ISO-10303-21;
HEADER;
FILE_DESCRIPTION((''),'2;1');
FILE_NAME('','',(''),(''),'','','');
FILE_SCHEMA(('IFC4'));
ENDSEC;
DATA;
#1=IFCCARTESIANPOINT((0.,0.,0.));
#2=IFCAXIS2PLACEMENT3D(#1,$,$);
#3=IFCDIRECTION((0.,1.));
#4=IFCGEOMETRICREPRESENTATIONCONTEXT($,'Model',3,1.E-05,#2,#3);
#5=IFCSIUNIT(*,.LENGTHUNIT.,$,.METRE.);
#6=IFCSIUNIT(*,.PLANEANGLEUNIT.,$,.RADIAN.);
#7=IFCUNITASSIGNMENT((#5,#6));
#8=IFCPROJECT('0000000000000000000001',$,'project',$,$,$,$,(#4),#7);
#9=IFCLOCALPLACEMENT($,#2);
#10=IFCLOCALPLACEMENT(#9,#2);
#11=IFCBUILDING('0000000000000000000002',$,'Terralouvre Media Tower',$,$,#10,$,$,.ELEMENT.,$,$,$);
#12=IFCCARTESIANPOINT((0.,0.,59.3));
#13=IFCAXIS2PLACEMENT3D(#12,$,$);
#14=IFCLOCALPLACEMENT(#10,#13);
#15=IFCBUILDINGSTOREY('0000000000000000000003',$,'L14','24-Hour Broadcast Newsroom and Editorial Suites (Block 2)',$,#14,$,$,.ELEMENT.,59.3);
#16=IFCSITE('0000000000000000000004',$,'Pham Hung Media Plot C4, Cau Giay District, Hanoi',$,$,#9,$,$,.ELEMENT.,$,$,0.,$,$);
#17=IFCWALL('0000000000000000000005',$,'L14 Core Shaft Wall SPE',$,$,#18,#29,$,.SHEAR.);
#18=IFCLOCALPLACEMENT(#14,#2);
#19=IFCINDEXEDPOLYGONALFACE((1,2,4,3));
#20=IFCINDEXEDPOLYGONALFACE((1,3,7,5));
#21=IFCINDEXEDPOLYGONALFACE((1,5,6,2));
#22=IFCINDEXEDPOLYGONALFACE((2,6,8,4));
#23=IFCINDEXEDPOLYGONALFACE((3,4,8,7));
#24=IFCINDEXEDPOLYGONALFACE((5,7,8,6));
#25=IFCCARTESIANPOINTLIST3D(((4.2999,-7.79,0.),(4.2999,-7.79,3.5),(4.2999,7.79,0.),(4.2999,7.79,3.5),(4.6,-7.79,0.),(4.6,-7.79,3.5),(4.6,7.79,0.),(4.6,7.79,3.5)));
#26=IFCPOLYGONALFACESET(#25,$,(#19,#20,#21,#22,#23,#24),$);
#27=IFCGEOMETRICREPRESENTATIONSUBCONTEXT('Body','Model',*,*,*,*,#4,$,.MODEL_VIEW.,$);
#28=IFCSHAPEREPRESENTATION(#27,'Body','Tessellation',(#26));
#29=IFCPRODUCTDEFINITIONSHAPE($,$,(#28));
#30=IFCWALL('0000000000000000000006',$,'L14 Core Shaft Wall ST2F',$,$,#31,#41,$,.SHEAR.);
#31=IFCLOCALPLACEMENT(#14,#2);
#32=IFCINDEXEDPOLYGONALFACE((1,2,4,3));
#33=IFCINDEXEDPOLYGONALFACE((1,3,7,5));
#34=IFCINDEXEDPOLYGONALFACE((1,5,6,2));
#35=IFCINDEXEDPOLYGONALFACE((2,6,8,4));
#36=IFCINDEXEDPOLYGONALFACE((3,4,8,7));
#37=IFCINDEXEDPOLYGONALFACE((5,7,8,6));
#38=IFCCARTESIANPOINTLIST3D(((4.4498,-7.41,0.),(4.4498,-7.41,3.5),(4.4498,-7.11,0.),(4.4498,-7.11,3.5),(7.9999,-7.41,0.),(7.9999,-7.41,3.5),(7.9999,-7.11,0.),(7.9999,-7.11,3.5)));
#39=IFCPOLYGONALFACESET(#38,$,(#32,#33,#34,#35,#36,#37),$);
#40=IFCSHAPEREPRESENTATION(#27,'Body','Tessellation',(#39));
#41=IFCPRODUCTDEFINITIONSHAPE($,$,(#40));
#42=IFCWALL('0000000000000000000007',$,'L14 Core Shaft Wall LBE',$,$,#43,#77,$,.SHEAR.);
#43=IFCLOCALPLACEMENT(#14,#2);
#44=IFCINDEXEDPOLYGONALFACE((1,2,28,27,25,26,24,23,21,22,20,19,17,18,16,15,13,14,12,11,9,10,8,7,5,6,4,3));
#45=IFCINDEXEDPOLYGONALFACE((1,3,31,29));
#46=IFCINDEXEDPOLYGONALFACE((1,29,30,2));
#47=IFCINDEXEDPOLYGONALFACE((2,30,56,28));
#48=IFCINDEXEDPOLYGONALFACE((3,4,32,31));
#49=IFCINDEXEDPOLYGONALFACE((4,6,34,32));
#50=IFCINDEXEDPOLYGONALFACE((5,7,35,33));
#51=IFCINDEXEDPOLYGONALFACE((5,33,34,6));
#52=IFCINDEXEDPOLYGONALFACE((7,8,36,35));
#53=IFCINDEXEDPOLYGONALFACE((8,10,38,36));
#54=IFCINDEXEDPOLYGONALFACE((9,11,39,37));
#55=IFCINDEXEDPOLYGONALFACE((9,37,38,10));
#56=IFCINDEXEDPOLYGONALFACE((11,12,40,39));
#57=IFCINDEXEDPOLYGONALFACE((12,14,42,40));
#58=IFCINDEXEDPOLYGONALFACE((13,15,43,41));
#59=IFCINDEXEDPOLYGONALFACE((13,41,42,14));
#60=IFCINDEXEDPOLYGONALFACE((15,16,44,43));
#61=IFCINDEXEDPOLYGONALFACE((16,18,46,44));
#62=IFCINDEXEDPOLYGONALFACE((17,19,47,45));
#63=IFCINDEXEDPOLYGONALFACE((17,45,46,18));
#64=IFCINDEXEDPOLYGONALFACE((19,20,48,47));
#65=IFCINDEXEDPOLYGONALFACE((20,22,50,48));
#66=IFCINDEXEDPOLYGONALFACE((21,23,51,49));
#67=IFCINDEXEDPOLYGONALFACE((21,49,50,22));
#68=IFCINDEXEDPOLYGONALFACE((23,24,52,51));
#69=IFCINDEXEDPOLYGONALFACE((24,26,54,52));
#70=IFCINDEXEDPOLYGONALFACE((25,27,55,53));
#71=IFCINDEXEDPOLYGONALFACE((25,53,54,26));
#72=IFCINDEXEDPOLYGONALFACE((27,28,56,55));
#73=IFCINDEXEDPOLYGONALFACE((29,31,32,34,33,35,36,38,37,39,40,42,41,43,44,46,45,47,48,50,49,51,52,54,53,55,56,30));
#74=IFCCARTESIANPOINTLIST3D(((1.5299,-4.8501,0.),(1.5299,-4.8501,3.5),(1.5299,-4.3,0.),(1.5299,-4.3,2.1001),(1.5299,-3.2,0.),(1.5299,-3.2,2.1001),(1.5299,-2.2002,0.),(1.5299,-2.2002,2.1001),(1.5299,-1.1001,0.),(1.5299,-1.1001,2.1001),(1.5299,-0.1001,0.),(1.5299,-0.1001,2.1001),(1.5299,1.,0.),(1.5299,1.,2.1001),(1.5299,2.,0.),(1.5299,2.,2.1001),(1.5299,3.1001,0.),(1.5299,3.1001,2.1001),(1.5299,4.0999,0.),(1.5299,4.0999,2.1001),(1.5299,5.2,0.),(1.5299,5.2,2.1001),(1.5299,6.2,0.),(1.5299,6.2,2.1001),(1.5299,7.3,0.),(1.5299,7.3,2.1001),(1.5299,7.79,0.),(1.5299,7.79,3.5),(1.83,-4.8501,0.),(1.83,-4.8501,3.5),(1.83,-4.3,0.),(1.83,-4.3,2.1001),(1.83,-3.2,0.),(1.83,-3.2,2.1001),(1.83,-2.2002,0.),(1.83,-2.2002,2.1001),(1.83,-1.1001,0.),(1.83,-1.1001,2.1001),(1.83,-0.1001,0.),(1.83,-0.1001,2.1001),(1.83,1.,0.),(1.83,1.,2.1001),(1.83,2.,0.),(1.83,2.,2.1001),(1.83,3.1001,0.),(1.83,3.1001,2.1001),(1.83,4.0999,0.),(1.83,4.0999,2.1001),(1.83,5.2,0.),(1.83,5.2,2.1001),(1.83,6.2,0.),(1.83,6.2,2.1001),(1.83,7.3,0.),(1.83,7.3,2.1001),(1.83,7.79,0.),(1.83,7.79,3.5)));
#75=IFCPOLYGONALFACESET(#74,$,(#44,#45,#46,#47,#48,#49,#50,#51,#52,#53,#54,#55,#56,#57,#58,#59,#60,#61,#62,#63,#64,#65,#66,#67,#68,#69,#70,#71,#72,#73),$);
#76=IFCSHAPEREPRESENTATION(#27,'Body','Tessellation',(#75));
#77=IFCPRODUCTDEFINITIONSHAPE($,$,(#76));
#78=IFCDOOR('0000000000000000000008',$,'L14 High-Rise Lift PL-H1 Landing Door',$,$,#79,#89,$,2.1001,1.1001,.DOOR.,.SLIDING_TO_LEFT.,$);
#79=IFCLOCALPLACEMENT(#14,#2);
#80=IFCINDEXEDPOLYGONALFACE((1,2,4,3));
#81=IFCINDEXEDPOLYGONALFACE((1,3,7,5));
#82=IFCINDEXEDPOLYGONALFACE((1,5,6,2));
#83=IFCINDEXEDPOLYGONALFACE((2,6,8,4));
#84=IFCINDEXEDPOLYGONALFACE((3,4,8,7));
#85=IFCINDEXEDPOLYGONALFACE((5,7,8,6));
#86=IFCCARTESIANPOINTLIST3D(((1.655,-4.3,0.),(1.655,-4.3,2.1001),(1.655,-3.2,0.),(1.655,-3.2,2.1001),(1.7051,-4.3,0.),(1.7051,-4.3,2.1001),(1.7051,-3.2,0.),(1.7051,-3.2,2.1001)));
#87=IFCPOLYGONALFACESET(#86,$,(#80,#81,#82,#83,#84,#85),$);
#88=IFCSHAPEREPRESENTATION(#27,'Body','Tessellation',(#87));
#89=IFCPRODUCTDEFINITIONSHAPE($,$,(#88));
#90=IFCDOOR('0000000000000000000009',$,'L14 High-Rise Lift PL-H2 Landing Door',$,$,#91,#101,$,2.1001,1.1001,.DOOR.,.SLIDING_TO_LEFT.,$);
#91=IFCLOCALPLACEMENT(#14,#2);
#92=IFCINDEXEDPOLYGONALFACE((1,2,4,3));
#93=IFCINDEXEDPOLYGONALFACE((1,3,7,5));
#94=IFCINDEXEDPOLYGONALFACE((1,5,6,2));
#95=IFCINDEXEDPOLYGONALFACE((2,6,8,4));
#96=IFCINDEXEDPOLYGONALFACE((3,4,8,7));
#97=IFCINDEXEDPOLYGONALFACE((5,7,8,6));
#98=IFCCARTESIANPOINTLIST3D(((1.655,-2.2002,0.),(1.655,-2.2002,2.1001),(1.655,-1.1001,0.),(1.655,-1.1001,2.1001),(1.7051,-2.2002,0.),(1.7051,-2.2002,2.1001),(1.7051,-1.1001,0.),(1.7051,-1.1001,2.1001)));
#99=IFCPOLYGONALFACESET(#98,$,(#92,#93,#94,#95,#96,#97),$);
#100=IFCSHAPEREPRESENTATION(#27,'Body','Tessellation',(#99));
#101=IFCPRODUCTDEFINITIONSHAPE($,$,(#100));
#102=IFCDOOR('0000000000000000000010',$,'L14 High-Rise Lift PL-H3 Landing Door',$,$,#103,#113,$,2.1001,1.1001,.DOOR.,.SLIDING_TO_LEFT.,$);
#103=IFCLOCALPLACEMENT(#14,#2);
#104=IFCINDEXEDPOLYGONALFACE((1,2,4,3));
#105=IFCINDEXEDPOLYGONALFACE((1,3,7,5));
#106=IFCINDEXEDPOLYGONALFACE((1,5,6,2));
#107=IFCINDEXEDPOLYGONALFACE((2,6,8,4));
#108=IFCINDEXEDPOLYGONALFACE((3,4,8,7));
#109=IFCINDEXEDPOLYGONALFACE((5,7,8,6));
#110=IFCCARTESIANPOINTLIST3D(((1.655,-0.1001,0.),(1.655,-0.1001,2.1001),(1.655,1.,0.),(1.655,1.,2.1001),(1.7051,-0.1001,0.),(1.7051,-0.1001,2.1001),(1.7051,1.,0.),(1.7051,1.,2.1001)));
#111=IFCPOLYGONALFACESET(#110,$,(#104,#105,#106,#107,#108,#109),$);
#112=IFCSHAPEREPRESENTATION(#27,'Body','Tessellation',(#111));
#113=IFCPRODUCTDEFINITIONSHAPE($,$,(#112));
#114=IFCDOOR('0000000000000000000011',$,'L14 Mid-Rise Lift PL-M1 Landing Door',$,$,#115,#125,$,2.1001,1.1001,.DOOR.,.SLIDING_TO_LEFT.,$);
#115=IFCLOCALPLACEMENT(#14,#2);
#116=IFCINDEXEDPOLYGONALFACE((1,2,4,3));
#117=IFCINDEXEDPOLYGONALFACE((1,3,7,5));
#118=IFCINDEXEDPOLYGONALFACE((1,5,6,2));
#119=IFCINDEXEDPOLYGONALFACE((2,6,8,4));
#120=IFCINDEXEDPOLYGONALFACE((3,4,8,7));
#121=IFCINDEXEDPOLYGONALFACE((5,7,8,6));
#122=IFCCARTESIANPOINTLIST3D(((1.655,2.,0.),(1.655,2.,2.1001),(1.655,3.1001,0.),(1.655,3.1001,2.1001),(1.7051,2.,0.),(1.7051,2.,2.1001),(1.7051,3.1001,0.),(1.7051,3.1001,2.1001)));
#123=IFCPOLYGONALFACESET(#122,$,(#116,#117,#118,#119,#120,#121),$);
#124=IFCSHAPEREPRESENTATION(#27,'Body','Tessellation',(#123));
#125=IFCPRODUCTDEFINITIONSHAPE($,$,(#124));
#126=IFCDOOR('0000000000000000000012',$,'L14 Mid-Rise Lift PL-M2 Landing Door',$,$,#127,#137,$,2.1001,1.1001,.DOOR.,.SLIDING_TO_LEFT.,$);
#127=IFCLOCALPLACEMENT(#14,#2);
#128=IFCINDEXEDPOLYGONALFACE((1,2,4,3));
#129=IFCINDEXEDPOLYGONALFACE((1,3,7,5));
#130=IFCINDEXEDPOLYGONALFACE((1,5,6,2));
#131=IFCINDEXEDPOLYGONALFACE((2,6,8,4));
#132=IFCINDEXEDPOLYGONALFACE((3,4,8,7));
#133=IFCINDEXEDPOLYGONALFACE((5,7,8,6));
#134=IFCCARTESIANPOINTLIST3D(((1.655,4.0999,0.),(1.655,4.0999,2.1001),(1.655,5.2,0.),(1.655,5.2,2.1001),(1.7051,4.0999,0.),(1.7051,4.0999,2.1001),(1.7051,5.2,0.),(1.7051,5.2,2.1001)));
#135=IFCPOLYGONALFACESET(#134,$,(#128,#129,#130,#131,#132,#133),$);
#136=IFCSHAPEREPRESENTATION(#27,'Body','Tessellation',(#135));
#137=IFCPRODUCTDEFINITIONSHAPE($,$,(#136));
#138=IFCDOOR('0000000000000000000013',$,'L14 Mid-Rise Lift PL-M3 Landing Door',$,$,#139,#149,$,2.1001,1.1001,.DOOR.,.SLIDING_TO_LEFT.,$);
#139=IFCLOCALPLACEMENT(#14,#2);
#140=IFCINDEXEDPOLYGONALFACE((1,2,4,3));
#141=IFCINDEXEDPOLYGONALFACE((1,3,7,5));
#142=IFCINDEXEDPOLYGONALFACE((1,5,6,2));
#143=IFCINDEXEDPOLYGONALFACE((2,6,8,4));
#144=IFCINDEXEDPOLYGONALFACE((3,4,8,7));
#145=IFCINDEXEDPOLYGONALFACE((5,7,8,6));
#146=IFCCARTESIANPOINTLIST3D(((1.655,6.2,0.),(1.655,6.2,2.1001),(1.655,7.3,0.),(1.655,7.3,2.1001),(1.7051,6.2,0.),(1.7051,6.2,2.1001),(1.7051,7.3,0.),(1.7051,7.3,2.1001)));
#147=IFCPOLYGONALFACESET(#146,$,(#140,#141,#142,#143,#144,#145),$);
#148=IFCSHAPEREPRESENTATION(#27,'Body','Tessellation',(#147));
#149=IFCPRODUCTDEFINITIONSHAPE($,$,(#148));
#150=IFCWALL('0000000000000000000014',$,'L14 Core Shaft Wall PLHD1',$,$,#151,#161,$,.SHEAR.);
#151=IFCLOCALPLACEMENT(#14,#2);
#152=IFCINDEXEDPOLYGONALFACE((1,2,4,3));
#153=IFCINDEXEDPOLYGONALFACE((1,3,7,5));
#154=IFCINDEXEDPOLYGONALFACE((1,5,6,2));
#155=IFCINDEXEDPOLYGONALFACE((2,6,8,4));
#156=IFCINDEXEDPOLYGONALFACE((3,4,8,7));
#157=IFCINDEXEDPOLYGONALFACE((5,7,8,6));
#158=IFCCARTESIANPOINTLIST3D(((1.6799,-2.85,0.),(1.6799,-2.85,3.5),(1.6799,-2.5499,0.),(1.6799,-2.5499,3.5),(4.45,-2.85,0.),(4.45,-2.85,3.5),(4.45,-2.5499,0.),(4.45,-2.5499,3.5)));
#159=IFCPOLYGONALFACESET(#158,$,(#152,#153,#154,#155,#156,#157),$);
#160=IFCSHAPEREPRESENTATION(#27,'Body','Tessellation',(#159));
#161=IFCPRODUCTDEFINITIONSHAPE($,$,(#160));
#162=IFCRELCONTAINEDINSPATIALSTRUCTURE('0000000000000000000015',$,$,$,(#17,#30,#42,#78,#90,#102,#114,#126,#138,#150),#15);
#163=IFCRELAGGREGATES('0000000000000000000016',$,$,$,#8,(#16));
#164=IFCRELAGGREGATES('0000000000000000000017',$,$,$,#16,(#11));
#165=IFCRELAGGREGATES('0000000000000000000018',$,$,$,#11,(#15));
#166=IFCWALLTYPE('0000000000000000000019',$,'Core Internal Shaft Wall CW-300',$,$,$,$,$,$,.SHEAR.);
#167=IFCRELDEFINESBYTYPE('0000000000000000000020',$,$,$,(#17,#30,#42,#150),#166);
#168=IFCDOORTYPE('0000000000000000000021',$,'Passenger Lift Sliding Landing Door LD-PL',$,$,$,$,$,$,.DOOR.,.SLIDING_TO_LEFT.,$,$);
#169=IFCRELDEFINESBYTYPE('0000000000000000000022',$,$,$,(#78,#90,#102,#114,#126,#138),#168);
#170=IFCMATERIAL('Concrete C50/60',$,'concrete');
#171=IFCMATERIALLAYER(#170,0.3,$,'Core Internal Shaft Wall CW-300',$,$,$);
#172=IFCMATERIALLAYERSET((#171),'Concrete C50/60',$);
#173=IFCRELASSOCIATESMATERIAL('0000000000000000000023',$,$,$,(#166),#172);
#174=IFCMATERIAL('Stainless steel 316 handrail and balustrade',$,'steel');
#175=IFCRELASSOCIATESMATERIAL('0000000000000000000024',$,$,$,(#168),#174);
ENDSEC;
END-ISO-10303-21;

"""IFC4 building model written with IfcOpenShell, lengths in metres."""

from ifc_helpers import new_model, si_unit, direction, frame, frame_2d, origin, place, context, subcontext, project, spatial, rectangle, extrude, material, layer, layer_set, type_object, element, fill, save


model = new_model("IFC4")

# Units and contexts
model_context = context("Model", 3, precision=1e-05, world=origin(), true_north=direction((0.0, 1.0)))
body_context = subcontext(model_context, "Body", "Model", "MODEL_VIEW")
ifc_project = project(units=[si_unit("LENGTHUNIT", "METRE"), si_unit("PLANEANGLEUNIT", "RADIAN")], contexts=[model_context])

# Site, building, storey
site_placement = place(None, origin())
site = spatial("IfcSite", under=ifc_project, at=site_placement, Name="Pham Hung Media Plot C4, Cau Giay District, Hanoi", CompositionType="ELEMENT", RefElevation=0.0)
building_placement = place(site_placement, origin())
building = spatial("IfcBuilding", under=site, at=building_placement, Name="Terralouvre Media Tower", CompositionType="ELEMENT")
storey_placement = place(building_placement, frame((0.0, 0.0, 59.3)))
storey = spatial("IfcBuildingStorey", under=building, at=storey_placement, Name="L14", Description="24-Hour Broadcast Newsroom and Editorial Suites (Block 2)", CompositionType="ELEMENT", Elevation=59.3)

# Walls
ifc_material_1 = material(Name="Concrete C50/60", Category="concrete")
ifc_layer_1 = layer(ifc_material_1, 0.3, Name="Core Internal Shaft Wall CW-300")
ifc_layer_set_1 = layer_set([ifc_layer_1], Name="Concrete C50/60")
wall_type = type_object("IfcWallType", Name="Core Internal Shaft Wall CW-300", PredefinedType="SHEAR", material=ifc_layer_set_1)
wall_1_placement = place(storey_placement, frame((4.45, -7.79, 0.0), z_axis=(0.0, 0.0, 1.0), x_axis=(0.0, 1.0, 0.0)))
element("IfcWall", 1, at=wall_1_placement, inside=storey, type_object=wall_type, Name="L14 Core Shaft Wall SPE", PredefinedType="SHEAR", context=body_context, shape_type="SweptSolid", body=[
    extrude(rectangle(XDim=15.5801, YDim=0.3, at=frame_2d((7.79, 0.0))), origin(), (0.0, 0.0, 1.0), 3.5),
])
wall_2_placement = place(storey_placement, frame((4.45, -7.26, 0.0), z_axis=(0.0, 0.0, 1.0), x_axis=(1.0, 0.0, 0.0)))
element("IfcWall", 2, at=wall_2_placement, inside=storey, type_object=wall_type, Name="L14 Core Shaft Wall ST2F", PredefinedType="SHEAR", context=body_context, shape_type="SweptSolid", body=[
    extrude(rectangle(XDim=3.55, YDim=0.3, at=frame_2d((1.7749, 0.0))), origin(), (0.0, 0.0, 1.0), 3.5),
])

# Wall, openings, doors
wall_3_placement = place(storey_placement, frame((1.6799, -4.8501, 0.0), z_axis=(0.0, 0.0, 1.0), x_axis=(0.0, 1.0, 0.0)))
wall_3 = element("IfcWall", 3, at=wall_3_placement, inside=storey, type_object=wall_type, Name="L14 Core Shaft Wall LBE", PredefinedType="SHEAR", context=body_context, shape_type="SweptSolid", body=[
    extrude(rectangle(XDim=12.6401, YDim=0.3, at=frame_2d((6.3201, 0.0))), origin(), (0.0, 0.0, 1.0), 3.5),
])
opening_1_placement = place(wall_3_placement, frame((0.55, 0.0, 0.0)))
opening_1 = element("IfcOpeningElement", 4, at=opening_1_placement, cuts=wall_3, PredefinedType="OPENING", context=body_context, shape_type="SweptSolid", body=[
    extrude(rectangle(XDim=1.1001, YDim=2.1001, at=frame_2d((0.55, 1.05))), frame((0.0, 0.1599, 0.0), z_axis=(0.0, -1.0, 0.0), x_axis=(1.0, 0.0, 0.0)), (0.0, 0.0, 1.0), 0.3201),
])
opening_2_placement = place(wall_3_placement, frame((2.6499, 0.0, 0.0)))
opening_2 = element("IfcOpeningElement", 5, at=opening_2_placement, cuts=wall_3, PredefinedType="OPENING", context=body_context, shape_type="SweptSolid", body=[
    extrude(rectangle(XDim=1.1001, YDim=2.1001, at=frame_2d((0.55, 1.05))), frame((0.0, 0.1599, 0.0), z_axis=(0.0, -1.0, 0.0), x_axis=(1.0, 0.0, 0.0)), (0.0, 0.0, 1.0), 0.3201),
])
opening_3_placement = place(wall_3_placement, frame((4.75, 0.0, 0.0)))
opening_3 = element("IfcOpeningElement", 6, at=opening_3_placement, cuts=wall_3, PredefinedType="OPENING", context=body_context, shape_type="SweptSolid", body=[
    extrude(rectangle(XDim=1.1001, YDim=2.1001, at=frame_2d((0.55, 1.05))), frame((0.0, 0.1599, 0.0), z_axis=(0.0, -1.0, 0.0), x_axis=(1.0, 0.0, 0.0)), (0.0, 0.0, 1.0), 0.3201),
])
opening_4_placement = place(wall_3_placement, frame((6.8501, 0.0, 0.0)))
opening_4 = element("IfcOpeningElement", 7, at=opening_4_placement, cuts=wall_3, PredefinedType="OPENING", context=body_context, shape_type="SweptSolid", body=[
    extrude(rectangle(XDim=1.1001, YDim=2.1001, at=frame_2d((0.55, 1.05))), frame((0.0, 0.1599, 0.0), z_axis=(0.0, -1.0, 0.0), x_axis=(1.0, 0.0, 0.0)), (0.0, 0.0, 1.0), 0.3201),
])
opening_5_placement = place(wall_3_placement, frame((8.95, 0.0, 0.0)))
opening_5 = element("IfcOpeningElement", 8, at=opening_5_placement, cuts=wall_3, PredefinedType="OPENING", context=body_context, shape_type="SweptSolid", body=[
    extrude(rectangle(XDim=1.1001, YDim=2.1001, at=frame_2d((0.55, 1.05))), frame((0.0, 0.1599, 0.0), z_axis=(0.0, -1.0, 0.0), x_axis=(1.0, 0.0, 0.0)), (0.0, 0.0, 1.0), 0.3201),
])
opening_6_placement = place(wall_3_placement, frame((11.05, 0.0, 0.0)))
opening_6 = element("IfcOpeningElement", 9, at=opening_6_placement, cuts=wall_3, PredefinedType="OPENING", context=body_context, shape_type="SweptSolid", body=[
    extrude(rectangle(XDim=1.1001, YDim=2.1001, at=frame_2d((0.55, 1.05))), frame((0.0, 0.1599, 0.0), z_axis=(0.0, -1.0, 0.0), x_axis=(1.0, 0.0, 0.0)), (0.0, 0.0, 1.0), 0.3201),
])
ifc_material_2 = material(Name="Stainless steel 316 handrail and balustrade", Category="steel")
door_type = type_object("IfcDoorType", Name="Passenger Lift Sliding Landing Door LD-PL", OperationType="SLIDING_TO_LEFT", PredefinedType="DOOR", material=ifc_material_2)
door_1_placement = place(opening_1_placement, origin())
door_1 = element("IfcDoor", 10, at=door_1_placement, inside=storey, type_object=door_type, Name="L14 High-Rise Lift PL-H1 Landing Door", OperationType="SLIDING_TO_LEFT", OverallHeight=2.1001, OverallWidth=1.1001, PredefinedType="DOOR", context=body_context, shape_type="SweptSolid", body=[
    extrude(rectangle(XDim=1.1001, YDim=2.1001, at=frame_2d((0.55, 1.05))), frame((0.0, 0.0249, 0.0), z_axis=(0.0, -1.0, 0.0), x_axis=(1.0, 0.0, 0.0)), (0.0, 0.0, 1.0), 0.05),
])
fill(opening_1, door_1)
door_2_placement = place(opening_2_placement, origin())
door_2 = element("IfcDoor", 11, at=door_2_placement, inside=storey, type_object=door_type, Name="L14 High-Rise Lift PL-H2 Landing Door", OperationType="SLIDING_TO_LEFT", OverallHeight=2.1001, OverallWidth=1.1001, PredefinedType="DOOR", context=body_context, shape_type="SweptSolid", body=[
    extrude(rectangle(XDim=1.1001, YDim=2.1001, at=frame_2d((0.55, 1.05))), frame((0.0, 0.0249, 0.0), z_axis=(0.0, -1.0, 0.0), x_axis=(1.0, 0.0, 0.0)), (0.0, 0.0, 1.0), 0.05),
])
fill(opening_2, door_2)
door_3_placement = place(opening_3_placement, origin())
door_3 = element("IfcDoor", 12, at=door_3_placement, inside=storey, type_object=door_type, Name="L14 High-Rise Lift PL-H3 Landing Door", OperationType="SLIDING_TO_LEFT", OverallHeight=2.1001, OverallWidth=1.1001, PredefinedType="DOOR", context=body_context, shape_type="SweptSolid", body=[
    extrude(rectangle(XDim=1.1001, YDim=2.1001, at=frame_2d((0.55, 1.05))), frame((0.0, 0.0249, 0.0), z_axis=(0.0, -1.0, 0.0), x_axis=(1.0, 0.0, 0.0)), (0.0, 0.0, 1.0), 0.05),
])
fill(opening_3, door_3)
door_4_placement = place(opening_4_placement, origin())
door_4 = element("IfcDoor", 13, at=door_4_placement, inside=storey, type_object=door_type, Name="L14 Mid-Rise Lift PL-M1 Landing Door", OperationType="SLIDING_TO_LEFT", OverallHeight=2.1001, OverallWidth=1.1001, PredefinedType="DOOR", context=body_context, shape_type="SweptSolid", body=[
    extrude(rectangle(XDim=1.1001, YDim=2.1001, at=frame_2d((0.55, 1.05))), frame((0.0, 0.0249, 0.0), z_axis=(0.0, -1.0, 0.0), x_axis=(1.0, 0.0, 0.0)), (0.0, 0.0, 1.0), 0.05),
])
fill(opening_4, door_4)
door_5_placement = place(opening_5_placement, origin())
door_5 = element("IfcDoor", 14, at=door_5_placement, inside=storey, type_object=door_type, Name="L14 Mid-Rise Lift PL-M2 Landing Door", OperationType="SLIDING_TO_LEFT", OverallHeight=2.1001, OverallWidth=1.1001, PredefinedType="DOOR", context=body_context, shape_type="SweptSolid", body=[
    extrude(rectangle(XDim=1.1001, YDim=2.1001, at=frame_2d((0.55, 1.05))), frame((0.0, 0.0249, 0.0), z_axis=(0.0, -1.0, 0.0), x_axis=(1.0, 0.0, 0.0)), (0.0, 0.0, 1.0), 0.05),
])
fill(opening_5, door_5)
door_6_placement = place(opening_6_placement, origin())
door_6 = element("IfcDoor", 15, at=door_6_placement, inside=storey, type_object=door_type, Name="L14 Mid-Rise Lift PL-M3 Landing Door", OperationType="SLIDING_TO_LEFT", OverallHeight=2.1001, OverallWidth=1.1001, PredefinedType="DOOR", context=body_context, shape_type="SweptSolid", body=[
    extrude(rectangle(XDim=1.1001, YDim=2.1001, at=frame_2d((0.55, 1.05))), frame((0.0, 0.0249, 0.0), z_axis=(0.0, -1.0, 0.0), x_axis=(1.0, 0.0, 0.0)), (0.0, 0.0, 1.0), 0.05),
])
fill(opening_6, door_6)

# Wall
wall_4_placement = place(storey_placement, frame((1.6799, -2.7, 0.0), z_axis=(0.0, 0.0, 1.0), x_axis=(1.0, 0.0, 0.0)))
element("IfcWall", 16, at=wall_4_placement, inside=storey, type_object=wall_type, Name="L14 Core Shaft Wall PLHD1", PredefinedType="SHEAR", context=body_context, shape_type="SweptSolid", body=[
    extrude(rectangle(XDim=2.77, YDim=0.3, at=frame_2d((1.385, 0.0))), origin(), (0.0, 0.0, 1.0), 3.5),
])

save(model, "model.ifc")
